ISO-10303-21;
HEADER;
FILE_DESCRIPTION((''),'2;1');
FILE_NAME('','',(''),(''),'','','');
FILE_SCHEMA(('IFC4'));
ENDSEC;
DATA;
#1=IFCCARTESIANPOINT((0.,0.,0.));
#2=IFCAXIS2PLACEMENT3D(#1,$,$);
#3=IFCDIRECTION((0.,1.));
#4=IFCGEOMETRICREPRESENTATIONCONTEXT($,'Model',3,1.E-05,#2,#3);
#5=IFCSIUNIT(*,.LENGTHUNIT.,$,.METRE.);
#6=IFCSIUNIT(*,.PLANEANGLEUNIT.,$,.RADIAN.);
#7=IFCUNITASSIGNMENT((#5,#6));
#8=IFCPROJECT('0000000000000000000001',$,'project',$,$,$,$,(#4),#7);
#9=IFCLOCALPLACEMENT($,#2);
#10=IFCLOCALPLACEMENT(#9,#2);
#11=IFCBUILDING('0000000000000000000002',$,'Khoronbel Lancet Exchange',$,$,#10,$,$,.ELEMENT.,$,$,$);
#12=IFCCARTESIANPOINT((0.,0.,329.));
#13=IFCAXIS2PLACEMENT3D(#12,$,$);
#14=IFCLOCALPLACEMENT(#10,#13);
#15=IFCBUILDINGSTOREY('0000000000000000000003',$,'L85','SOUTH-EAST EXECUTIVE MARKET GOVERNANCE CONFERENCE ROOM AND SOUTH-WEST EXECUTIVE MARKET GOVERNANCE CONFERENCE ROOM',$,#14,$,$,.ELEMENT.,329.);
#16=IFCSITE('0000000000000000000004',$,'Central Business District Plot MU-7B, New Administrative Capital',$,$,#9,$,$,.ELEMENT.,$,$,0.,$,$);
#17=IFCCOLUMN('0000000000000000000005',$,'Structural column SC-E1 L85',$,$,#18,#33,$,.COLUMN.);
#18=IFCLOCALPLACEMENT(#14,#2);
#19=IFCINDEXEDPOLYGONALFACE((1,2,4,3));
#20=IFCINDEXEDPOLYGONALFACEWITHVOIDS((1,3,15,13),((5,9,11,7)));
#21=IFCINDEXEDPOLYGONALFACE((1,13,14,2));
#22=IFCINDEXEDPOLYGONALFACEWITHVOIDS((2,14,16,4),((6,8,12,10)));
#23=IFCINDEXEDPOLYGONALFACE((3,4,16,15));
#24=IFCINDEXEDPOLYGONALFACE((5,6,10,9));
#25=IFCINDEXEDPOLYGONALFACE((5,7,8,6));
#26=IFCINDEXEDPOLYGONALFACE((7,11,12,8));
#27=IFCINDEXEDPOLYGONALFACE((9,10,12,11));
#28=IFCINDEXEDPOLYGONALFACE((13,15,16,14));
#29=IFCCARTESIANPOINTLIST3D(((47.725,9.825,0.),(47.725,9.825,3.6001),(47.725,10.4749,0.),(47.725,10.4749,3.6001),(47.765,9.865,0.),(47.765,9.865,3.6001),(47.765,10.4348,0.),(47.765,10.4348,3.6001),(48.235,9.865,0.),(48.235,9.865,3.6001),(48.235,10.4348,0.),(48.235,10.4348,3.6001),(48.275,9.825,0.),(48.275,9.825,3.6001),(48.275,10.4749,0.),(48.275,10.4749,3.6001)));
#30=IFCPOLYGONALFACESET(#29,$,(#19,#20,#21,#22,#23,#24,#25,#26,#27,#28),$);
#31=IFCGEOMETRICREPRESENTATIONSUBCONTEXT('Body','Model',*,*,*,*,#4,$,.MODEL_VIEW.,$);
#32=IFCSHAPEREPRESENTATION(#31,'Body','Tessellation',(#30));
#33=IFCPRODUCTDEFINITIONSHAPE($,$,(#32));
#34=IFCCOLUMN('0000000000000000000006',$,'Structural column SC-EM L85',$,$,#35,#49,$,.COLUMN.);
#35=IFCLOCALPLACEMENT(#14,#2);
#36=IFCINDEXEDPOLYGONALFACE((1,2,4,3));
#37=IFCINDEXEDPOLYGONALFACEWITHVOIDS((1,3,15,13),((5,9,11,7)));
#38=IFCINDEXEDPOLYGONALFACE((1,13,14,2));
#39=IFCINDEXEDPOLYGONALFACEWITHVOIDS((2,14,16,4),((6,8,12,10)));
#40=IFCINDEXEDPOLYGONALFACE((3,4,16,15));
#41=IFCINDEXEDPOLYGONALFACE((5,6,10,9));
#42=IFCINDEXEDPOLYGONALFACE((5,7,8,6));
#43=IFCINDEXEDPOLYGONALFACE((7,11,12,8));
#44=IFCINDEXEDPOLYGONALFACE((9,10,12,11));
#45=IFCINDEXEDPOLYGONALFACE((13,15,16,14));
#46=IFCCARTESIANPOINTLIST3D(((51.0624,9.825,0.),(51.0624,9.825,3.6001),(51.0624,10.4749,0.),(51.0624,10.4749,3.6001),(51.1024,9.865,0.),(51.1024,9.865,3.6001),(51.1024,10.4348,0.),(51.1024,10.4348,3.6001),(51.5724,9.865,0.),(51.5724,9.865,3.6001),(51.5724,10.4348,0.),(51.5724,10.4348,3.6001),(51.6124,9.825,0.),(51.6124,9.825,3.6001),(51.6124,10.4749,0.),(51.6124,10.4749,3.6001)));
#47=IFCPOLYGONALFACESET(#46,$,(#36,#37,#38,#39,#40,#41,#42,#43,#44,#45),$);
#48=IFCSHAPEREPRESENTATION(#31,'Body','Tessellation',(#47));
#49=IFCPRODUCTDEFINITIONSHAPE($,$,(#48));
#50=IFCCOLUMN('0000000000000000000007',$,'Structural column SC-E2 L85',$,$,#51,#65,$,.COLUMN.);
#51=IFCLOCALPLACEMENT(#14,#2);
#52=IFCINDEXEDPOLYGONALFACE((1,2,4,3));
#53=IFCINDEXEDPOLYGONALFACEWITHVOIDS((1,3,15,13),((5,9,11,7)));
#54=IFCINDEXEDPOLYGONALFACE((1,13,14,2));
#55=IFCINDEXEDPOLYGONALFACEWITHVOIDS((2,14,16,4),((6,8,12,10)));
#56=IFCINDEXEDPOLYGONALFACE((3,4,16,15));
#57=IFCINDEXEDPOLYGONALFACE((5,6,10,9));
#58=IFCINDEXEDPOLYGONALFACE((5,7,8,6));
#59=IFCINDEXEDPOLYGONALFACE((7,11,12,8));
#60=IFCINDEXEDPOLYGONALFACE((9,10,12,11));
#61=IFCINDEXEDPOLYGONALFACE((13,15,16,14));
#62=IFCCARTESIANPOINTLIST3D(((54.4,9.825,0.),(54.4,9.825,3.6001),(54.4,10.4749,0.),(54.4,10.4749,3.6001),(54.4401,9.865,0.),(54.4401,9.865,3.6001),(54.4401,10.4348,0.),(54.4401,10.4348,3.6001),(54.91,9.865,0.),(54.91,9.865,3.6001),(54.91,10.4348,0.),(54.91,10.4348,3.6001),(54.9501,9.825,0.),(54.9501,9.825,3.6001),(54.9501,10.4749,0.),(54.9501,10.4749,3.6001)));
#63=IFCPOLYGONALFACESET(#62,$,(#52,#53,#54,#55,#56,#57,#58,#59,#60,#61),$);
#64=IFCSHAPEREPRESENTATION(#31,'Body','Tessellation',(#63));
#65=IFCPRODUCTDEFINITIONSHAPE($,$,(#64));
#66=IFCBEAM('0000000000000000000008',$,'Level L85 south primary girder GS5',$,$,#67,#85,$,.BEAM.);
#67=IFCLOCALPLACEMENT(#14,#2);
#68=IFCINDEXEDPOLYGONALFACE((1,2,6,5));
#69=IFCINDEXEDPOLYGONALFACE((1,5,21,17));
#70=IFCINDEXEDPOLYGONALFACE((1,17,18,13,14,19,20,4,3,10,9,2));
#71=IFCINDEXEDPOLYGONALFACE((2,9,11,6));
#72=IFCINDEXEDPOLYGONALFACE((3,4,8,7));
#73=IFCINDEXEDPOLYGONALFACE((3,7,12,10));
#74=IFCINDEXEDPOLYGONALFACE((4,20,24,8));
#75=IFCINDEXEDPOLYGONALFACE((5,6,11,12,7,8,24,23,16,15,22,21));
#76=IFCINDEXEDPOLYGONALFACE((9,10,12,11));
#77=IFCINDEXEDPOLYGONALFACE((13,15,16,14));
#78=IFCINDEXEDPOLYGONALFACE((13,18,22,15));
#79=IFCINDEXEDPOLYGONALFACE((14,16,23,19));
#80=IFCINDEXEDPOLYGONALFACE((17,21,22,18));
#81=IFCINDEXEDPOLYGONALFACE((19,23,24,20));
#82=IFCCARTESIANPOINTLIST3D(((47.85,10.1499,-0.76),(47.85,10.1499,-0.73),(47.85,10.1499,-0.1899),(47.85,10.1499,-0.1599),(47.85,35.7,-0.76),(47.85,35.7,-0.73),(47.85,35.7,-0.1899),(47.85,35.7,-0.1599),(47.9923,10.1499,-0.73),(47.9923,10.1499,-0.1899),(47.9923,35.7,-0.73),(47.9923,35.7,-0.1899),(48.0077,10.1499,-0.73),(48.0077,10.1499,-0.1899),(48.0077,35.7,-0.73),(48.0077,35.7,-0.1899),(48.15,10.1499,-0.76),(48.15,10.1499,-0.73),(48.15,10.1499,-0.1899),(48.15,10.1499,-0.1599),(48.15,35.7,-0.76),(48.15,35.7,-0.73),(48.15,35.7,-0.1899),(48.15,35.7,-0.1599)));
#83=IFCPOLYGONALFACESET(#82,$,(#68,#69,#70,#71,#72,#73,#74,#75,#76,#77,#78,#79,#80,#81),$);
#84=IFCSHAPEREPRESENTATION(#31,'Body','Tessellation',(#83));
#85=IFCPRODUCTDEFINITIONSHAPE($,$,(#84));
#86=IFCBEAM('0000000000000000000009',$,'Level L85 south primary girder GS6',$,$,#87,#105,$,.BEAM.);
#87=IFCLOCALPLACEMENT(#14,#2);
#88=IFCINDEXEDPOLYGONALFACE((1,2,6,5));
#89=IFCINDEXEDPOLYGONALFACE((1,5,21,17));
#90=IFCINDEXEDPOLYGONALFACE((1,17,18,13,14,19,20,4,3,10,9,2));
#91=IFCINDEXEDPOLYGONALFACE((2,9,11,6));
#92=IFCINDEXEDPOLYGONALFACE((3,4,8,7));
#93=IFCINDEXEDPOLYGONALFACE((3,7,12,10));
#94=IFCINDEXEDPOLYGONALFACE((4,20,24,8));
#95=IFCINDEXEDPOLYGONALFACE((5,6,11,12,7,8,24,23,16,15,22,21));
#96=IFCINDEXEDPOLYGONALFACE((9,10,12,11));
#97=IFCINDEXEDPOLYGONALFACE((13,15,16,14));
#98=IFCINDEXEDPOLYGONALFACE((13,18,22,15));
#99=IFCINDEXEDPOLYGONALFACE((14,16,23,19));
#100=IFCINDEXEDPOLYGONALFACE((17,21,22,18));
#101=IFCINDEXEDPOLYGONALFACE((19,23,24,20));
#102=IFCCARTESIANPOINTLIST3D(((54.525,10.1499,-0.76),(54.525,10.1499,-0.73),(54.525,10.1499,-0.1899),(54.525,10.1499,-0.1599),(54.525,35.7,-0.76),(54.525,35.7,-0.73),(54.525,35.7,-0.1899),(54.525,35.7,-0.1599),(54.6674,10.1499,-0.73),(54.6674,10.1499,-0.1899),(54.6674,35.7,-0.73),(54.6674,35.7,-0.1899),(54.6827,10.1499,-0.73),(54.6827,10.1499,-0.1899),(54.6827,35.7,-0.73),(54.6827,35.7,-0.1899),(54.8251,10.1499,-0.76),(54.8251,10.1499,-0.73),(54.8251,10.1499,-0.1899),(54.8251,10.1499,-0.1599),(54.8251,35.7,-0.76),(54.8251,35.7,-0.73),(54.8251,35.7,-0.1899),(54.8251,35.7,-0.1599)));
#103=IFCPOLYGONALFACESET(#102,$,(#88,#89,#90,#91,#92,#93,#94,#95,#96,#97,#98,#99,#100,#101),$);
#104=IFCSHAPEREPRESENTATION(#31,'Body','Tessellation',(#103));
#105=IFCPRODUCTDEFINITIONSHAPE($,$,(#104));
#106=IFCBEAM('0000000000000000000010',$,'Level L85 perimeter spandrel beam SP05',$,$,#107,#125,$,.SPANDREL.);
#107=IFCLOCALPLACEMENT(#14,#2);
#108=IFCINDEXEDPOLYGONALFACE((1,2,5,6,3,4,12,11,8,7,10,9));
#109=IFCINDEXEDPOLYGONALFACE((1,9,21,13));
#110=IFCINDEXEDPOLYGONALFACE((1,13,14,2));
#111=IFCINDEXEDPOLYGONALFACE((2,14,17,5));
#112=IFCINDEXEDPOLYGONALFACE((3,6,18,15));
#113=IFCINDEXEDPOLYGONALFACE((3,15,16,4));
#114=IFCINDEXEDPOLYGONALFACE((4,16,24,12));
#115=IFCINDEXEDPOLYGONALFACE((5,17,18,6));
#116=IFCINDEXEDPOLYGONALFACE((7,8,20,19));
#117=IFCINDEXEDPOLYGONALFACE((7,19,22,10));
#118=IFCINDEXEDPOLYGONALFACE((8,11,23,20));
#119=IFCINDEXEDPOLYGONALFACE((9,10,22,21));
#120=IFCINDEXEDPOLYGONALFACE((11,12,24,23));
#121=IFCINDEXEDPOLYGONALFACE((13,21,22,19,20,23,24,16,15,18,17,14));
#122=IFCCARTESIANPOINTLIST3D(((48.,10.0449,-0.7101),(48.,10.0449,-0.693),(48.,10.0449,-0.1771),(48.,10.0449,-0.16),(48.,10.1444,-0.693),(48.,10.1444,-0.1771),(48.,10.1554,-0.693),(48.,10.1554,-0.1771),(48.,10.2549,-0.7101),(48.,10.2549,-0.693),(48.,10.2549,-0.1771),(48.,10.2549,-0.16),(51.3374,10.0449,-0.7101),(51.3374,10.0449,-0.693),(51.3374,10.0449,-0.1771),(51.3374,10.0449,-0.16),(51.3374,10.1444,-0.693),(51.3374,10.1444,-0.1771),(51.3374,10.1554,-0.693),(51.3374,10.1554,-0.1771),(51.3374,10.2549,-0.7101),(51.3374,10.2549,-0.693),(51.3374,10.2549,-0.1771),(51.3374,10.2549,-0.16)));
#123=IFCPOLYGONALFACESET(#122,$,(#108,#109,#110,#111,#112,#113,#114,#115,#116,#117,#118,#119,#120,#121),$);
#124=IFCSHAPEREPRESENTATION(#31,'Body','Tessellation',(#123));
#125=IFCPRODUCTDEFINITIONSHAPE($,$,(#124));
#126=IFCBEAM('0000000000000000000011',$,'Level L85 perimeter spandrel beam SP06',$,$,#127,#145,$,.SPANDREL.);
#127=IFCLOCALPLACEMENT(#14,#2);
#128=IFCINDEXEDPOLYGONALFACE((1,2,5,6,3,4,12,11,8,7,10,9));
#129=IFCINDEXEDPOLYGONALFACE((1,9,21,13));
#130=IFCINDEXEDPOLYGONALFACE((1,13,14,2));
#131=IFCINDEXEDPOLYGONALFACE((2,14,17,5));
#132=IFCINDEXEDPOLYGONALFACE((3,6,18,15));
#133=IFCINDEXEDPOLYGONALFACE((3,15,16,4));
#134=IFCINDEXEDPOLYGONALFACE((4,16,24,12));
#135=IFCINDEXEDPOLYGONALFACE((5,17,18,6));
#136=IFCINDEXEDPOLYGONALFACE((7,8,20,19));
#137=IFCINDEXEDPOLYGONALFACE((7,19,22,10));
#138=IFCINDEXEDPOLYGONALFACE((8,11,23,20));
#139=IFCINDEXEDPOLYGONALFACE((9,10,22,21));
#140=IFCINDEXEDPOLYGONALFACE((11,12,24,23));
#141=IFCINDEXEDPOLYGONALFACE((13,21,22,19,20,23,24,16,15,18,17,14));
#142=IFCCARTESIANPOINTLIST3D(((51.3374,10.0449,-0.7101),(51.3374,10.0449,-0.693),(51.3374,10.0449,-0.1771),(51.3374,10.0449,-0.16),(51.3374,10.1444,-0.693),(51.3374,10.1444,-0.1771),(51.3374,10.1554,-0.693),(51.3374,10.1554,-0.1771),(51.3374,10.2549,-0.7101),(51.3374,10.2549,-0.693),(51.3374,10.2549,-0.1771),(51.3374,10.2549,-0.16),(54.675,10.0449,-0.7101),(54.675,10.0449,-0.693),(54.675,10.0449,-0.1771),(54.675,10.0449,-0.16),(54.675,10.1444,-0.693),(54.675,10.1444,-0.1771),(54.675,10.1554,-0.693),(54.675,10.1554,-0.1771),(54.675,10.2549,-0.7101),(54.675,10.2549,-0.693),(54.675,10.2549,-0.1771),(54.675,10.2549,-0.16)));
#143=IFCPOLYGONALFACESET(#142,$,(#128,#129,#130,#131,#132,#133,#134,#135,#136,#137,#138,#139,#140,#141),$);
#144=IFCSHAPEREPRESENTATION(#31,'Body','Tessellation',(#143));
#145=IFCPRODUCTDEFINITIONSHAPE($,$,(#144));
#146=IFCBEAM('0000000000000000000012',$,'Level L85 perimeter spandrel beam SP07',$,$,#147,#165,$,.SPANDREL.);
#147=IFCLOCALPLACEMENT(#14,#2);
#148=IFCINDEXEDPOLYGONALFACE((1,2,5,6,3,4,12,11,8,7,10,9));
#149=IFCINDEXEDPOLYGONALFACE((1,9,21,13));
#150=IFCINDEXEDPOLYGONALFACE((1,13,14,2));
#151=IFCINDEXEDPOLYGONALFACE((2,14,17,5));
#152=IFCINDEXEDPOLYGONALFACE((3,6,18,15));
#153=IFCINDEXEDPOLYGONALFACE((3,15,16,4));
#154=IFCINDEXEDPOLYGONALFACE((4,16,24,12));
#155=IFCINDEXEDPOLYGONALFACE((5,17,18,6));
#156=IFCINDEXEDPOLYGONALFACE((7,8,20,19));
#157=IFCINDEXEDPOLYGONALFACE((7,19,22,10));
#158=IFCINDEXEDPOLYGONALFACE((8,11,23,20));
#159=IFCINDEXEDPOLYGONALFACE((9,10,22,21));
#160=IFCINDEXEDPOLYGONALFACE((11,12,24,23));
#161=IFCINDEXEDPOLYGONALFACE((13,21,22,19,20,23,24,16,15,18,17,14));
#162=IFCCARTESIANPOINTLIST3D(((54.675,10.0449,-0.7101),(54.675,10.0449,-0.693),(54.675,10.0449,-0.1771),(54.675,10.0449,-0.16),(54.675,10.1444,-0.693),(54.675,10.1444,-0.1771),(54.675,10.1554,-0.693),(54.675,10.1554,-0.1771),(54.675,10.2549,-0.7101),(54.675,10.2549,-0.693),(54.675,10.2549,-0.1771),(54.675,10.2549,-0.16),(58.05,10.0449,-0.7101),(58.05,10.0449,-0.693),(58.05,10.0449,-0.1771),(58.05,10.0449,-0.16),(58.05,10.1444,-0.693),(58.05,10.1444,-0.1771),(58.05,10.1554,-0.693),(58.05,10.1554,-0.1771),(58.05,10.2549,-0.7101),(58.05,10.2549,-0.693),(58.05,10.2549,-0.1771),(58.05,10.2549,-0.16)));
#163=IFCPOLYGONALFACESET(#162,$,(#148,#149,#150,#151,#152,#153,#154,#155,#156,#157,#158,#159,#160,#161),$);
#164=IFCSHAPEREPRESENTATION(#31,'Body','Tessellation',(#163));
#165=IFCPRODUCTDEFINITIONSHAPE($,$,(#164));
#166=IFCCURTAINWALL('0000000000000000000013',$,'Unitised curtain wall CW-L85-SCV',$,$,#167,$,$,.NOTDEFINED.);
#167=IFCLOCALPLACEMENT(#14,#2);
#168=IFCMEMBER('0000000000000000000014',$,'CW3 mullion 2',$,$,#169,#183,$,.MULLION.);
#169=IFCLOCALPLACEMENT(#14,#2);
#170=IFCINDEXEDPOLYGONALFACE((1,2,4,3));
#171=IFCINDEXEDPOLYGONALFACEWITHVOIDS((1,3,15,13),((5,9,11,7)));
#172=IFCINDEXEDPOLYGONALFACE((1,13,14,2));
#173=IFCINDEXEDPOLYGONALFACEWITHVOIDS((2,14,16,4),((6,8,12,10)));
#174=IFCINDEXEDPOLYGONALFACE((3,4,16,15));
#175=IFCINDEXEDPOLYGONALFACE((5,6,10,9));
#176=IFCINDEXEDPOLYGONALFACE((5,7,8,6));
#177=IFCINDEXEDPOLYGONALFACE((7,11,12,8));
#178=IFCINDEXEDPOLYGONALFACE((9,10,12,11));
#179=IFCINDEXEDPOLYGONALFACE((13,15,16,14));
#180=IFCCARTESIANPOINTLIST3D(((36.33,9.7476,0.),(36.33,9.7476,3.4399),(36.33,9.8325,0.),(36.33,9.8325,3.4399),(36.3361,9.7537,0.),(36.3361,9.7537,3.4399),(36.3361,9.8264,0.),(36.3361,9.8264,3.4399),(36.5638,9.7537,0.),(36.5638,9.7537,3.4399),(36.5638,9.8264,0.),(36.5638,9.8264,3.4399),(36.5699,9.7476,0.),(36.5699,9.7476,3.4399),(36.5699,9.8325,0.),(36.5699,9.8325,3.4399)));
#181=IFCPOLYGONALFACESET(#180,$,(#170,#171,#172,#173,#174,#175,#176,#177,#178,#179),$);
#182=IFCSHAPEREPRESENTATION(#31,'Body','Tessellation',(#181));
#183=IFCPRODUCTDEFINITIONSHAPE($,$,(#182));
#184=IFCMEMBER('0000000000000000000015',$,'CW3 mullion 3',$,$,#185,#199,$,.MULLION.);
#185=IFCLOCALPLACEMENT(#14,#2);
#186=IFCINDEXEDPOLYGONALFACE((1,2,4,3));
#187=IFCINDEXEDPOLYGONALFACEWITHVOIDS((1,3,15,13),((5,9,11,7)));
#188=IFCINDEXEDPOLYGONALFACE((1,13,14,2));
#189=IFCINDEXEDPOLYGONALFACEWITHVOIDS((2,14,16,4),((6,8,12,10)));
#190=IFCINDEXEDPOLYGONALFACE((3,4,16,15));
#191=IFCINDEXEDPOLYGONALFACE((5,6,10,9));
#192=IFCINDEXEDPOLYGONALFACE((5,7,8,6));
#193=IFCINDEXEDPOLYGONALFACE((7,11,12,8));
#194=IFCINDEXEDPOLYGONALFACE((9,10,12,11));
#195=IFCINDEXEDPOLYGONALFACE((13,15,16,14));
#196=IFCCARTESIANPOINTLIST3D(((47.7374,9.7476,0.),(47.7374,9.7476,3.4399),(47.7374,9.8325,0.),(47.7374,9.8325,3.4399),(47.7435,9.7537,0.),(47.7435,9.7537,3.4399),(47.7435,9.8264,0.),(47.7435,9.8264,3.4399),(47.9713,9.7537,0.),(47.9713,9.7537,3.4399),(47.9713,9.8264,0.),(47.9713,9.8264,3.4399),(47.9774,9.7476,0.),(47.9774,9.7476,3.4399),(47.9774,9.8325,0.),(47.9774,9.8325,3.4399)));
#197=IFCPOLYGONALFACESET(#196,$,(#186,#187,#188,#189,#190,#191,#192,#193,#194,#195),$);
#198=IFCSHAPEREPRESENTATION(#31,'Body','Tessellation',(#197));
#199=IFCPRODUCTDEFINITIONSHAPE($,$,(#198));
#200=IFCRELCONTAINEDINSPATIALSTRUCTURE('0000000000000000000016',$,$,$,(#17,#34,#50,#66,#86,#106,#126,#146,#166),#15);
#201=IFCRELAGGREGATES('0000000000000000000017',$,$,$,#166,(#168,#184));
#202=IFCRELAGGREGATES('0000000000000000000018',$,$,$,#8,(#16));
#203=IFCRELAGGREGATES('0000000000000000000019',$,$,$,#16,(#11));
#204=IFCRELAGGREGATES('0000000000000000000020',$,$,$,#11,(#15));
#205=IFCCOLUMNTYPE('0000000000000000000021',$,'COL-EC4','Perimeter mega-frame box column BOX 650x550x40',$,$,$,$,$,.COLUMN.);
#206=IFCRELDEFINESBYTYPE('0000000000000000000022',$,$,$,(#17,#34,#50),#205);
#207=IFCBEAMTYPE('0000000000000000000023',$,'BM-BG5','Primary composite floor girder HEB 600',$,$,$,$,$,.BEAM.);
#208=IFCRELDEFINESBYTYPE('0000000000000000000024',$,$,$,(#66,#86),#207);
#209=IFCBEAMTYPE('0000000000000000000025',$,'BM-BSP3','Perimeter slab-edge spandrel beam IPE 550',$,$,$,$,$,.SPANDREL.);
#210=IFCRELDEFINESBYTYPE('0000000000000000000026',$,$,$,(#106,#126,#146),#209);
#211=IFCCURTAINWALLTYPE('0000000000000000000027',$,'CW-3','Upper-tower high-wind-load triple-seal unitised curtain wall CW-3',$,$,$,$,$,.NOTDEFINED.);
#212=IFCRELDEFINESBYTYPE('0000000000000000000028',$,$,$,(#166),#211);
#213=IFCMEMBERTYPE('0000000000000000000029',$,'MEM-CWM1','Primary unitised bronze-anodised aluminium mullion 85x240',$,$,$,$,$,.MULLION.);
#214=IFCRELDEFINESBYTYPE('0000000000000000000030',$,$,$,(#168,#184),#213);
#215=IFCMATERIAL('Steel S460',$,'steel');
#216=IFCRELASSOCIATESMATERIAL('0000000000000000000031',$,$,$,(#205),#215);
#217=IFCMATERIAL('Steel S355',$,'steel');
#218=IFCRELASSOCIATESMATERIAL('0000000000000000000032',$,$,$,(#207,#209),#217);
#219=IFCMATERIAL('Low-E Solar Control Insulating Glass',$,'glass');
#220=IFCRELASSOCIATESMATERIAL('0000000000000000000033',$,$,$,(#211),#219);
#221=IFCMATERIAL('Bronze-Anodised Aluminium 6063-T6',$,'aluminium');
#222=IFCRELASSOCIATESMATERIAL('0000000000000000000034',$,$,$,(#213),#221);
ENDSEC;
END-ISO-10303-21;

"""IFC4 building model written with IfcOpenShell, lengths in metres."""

from ifc_helpers import new_model, si_unit, direction, frame, origin, origin_2d, place, context, subcontext, project, spatial, hollow_rectangle, i_section, extrude, material, material_profile, profile_set, type_object, element, aggregate, save


model = new_model("IFC4")

# Units and contexts
model_context = context("Model", 3, precision=1e-05, world=origin(), true_north=direction((0.0, 1.0)))
body_context = subcontext(model_context, "Body", "Model", "MODEL_VIEW")
ifc_project = project(units=[si_unit("LENGTHUNIT", "METRE"), si_unit("PLANEANGLEUNIT", "RADIAN")], contexts=[model_context])

# Site, building, storey
site_placement = place(None, origin())
site = spatial("IfcSite", under=ifc_project, at=site_placement, Name="Central Business District Plot MU-7B, New Administrative Capital", CompositionType="ELEMENT", RefElevation=0.0)
building_placement = place(site_placement, origin())
building = spatial("IfcBuilding", under=site, at=building_placement, Name="Khoronbel Lancet Exchange", CompositionType="ELEMENT")
storey_placement = place(building_placement, frame((0.0, 0.0, 329.0)))
storey = spatial("IfcBuildingStorey", under=building, at=storey_placement, Name="L85", Description="SOUTH-EAST EXECUTIVE MARKET GOVERNANCE CONFERENCE ROOM AND SOUTH-WEST EXECUTIVE MARKET GOVERNANCE CONFERENCE ROOM", CompositionType="ELEMENT", Elevation=329.0)

# Columns
ifc_material_1 = material(Name="Steel S460", Category="steel")
ifc_material_profile_1 = material_profile(ifc_material_1, hollow_rectangle(XDim=0.55, YDim=0.6499, WallThickness=0.04, at=origin_2d()), Name="BOX 650x550x40")
ifc_profile_set_1 = profile_set([ifc_material_profile_1], Name="Steel S460")
column_type = type_object("IfcColumnType", Name="COL-EC4", Description="Perimeter mega-frame box column BOX 650x550x40", PredefinedType="COLUMN", material=ifc_profile_set_1)
for number, where, z_axis, x_axis, name in (
    (1, (48.0, 10.1499, 0.0), (0.0, 0.0, 1.0), (1.0, 0.0, 0.0), "Structural column SC-E1 L85"),
    (2, (51.3374, 10.1499, 0.0), (0.0, 0.0, 1.0), (1.0, 0.0, 0.0), "Structural column SC-EM L85"),
    (3, (54.675, 10.1499, 0.0), (0.0, 0.0, 1.0), (1.0, 0.0, 0.0), "Structural column SC-E2 L85"),
):
    element("IfcColumn", number, at=place(storey_placement, frame(where, z_axis=z_axis, x_axis=x_axis)), inside=storey, type_object=column_type, Name=name, PredefinedType="COLUMN", context=body_context, shape_type="SweptSolid", body=[
        extrude(hollow_rectangle(XDim=0.55, YDim=0.6499, WallThickness=0.04, at=origin_2d()), origin(), (0.0, 0.0, 1.0), 3.6001),
    ])

# Beams
ifc_material_2 = material(Name="Steel S355", Category="steel")
ifc_material_profile_2 = material_profile(ifc_material_2, i_section(OverallWidth=0.3, OverallDepth=0.6001, WebThickness=0.0154, FlangeThickness=0.03, at=origin_2d()), Name="HEB 600")
ifc_profile_set_2 = profile_set([ifc_material_profile_2], Name="Steel S355")
beam_type_1 = type_object("IfcBeamType", Name="BM-BG5", Description="Primary composite floor girder HEB 600", PredefinedType="BEAM", material=ifc_profile_set_2)
for number, where, z_axis, x_axis, name in (
    (4, (48.0, 10.1499, -0.46), (0.0, 1.0, 0.0), (-1.0, 0.0, 0.0), "Level L85 south primary girder GS5"),
    (5, (54.675, 10.1499, -0.46), (0.0, 1.0, 0.0), (-1.0, 0.0, 0.0), "Level L85 south primary girder GS6"),
):
    element("IfcBeam", number, at=place(storey_placement, frame(where, z_axis=z_axis, x_axis=x_axis)), inside=storey, type_object=beam_type_1, Name=name, PredefinedType="BEAM", context=body_context, shape_type="SweptSolid", body=[
        extrude(i_section(OverallWidth=0.3, OverallDepth=0.6001, WebThickness=0.0154, FlangeThickness=0.03, at=origin_2d()), origin(), (0.0, 0.0, 1.0), 25.55),
    ])
ifc_material_profile_3 = material_profile(ifc_material_2, i_section(OverallWidth=0.21, OverallDepth=0.55, WebThickness=0.011, FlangeThickness=0.0171, at=origin_2d()), Name="IPE 550")
ifc_profile_set_3 = profile_set([ifc_material_profile_3], Name="Steel S355")
beam_type_2 = type_object("IfcBeamType", Name="BM-BSP3", Description="Perimeter slab-edge spandrel beam IPE 550", PredefinedType="SPANDREL", material=ifc_profile_set_3)
beam_1_placement = place(storey_placement, frame((48.0, 10.1499, -0.4351), z_axis=(1.0, 0.0, 0.0), x_axis=(0.0, 1.0, 0.0)))
element("IfcBeam", 6, at=beam_1_placement, inside=storey, type_object=beam_type_2, Name="Level L85 perimeter spandrel beam SP05", PredefinedType="SPANDREL", context=body_context, shape_type="SweptSolid", body=[
    extrude(i_section(OverallWidth=0.21, OverallDepth=0.55, WebThickness=0.011, FlangeThickness=0.0171, at=origin_2d()), origin(), (0.0, 0.0, 1.0), 3.3374),
])
beam_2_placement = place(storey_placement, frame((51.3374, 10.1499, -0.4351), z_axis=(1.0, 0.0, 0.0), x_axis=(0.0, 1.0, 0.0)))
element("IfcBeam", 7, at=beam_2_placement, inside=storey, type_object=beam_type_2, Name="Level L85 perimeter spandrel beam SP06", PredefinedType="SPANDREL", context=body_context, shape_type="SweptSolid", body=[
    extrude(i_section(OverallWidth=0.21, OverallDepth=0.55, WebThickness=0.011, FlangeThickness=0.0171, at=origin_2d()), origin(), (0.0, 0.0, 1.0), 3.3376),
])
beam_3_placement = place(storey_placement, frame((54.675, 10.1499, -0.4351), z_axis=(1.0, 0.0, 0.0), x_axis=(0.0, 1.0, 0.0)))
element("IfcBeam", 8, at=beam_3_placement, inside=storey, type_object=beam_type_2, Name="Level L85 perimeter spandrel beam SP07", PredefinedType="SPANDREL", context=body_context, shape_type="SweptSolid", body=[
    extrude(i_section(OverallWidth=0.21, OverallDepth=0.55, WebThickness=0.011, FlangeThickness=0.0171, at=origin_2d()), origin(), (0.0, 0.0, 1.0), 3.375),
])

# Curtain wall, members
ifc_material_3 = material(Name="Low-E Solar Control Insulating Glass", Category="glass")
curtain_wall_type = type_object("IfcCurtainWallType", Name="CW-3", Description="Upper-tower high-wind-load triple-seal unitised curtain wall CW-3", PredefinedType="NOTDEFINED", material=ifc_material_3)
curtain_wall_1_placement = place(storey_placement, origin())
curtain_wall_1 = element("IfcCurtainWall", 9, at=curtain_wall_1_placement, inside=storey, type_object=curtain_wall_type, Name="Unitised curtain wall CW-L85-SCV", PredefinedType="NOTDEFINED")
ifc_material_4 = material(Name="Bronze-Anodised Aluminium 6063-T6", Category="aluminium")
ifc_material_profile_4 = material_profile(ifc_material_4, hollow_rectangle(XDim=0.085, YDim=0.24, WallThickness=0.0061, at=origin_2d()), Name="ALU MULLION 85x240")
ifc_profile_set_4 = profile_set([ifc_material_profile_4], Name="Bronze-Anodised Aluminium 6063-T6")
member_type_1 = type_object("IfcMemberType", Name="MEM-CWM1", Description="Primary unitised bronze-anodised aluminium mullion 85x240", PredefinedType="MULLION", material=ifc_profile_set_4)
member_1_placement = place(storey_placement, frame((36.45, 9.79, 0.0), z_axis=(0.0, 0.0, 1.0), x_axis=(0.0, 1.0, 0.0)))
member_1 = element("IfcMember", 10, at=member_1_placement, type_object=member_type_1, Name="CW3 mullion 2", PredefinedType="MULLION", context=body_context, shape_type="SweptSolid", body=[
    extrude(hollow_rectangle(XDim=0.085, YDim=0.24, WallThickness=0.0061, at=origin_2d()), origin(), (0.0, 0.0, 1.0), 3.4399),
])
member_2_placement = place(storey_placement, frame((47.8574, 9.79, 0.0), z_axis=(0.0, 0.0, 1.0), x_axis=(0.0, 1.0, 0.0)))
member_2 = element("IfcMember", 11, at=member_2_placement, type_object=member_type_1, Name="CW3 mullion 3", PredefinedType="MULLION", context=body_context, shape_type="SweptSolid", body=[
    extrude(hollow_rectangle(XDim=0.085, YDim=0.24, WallThickness=0.0061, at=origin_2d()), origin(), (0.0, 0.0, 1.0), 3.4399),
])

aggregate(curtain_wall_1, [member_1, member_2])

save(model, "model.ifc")
